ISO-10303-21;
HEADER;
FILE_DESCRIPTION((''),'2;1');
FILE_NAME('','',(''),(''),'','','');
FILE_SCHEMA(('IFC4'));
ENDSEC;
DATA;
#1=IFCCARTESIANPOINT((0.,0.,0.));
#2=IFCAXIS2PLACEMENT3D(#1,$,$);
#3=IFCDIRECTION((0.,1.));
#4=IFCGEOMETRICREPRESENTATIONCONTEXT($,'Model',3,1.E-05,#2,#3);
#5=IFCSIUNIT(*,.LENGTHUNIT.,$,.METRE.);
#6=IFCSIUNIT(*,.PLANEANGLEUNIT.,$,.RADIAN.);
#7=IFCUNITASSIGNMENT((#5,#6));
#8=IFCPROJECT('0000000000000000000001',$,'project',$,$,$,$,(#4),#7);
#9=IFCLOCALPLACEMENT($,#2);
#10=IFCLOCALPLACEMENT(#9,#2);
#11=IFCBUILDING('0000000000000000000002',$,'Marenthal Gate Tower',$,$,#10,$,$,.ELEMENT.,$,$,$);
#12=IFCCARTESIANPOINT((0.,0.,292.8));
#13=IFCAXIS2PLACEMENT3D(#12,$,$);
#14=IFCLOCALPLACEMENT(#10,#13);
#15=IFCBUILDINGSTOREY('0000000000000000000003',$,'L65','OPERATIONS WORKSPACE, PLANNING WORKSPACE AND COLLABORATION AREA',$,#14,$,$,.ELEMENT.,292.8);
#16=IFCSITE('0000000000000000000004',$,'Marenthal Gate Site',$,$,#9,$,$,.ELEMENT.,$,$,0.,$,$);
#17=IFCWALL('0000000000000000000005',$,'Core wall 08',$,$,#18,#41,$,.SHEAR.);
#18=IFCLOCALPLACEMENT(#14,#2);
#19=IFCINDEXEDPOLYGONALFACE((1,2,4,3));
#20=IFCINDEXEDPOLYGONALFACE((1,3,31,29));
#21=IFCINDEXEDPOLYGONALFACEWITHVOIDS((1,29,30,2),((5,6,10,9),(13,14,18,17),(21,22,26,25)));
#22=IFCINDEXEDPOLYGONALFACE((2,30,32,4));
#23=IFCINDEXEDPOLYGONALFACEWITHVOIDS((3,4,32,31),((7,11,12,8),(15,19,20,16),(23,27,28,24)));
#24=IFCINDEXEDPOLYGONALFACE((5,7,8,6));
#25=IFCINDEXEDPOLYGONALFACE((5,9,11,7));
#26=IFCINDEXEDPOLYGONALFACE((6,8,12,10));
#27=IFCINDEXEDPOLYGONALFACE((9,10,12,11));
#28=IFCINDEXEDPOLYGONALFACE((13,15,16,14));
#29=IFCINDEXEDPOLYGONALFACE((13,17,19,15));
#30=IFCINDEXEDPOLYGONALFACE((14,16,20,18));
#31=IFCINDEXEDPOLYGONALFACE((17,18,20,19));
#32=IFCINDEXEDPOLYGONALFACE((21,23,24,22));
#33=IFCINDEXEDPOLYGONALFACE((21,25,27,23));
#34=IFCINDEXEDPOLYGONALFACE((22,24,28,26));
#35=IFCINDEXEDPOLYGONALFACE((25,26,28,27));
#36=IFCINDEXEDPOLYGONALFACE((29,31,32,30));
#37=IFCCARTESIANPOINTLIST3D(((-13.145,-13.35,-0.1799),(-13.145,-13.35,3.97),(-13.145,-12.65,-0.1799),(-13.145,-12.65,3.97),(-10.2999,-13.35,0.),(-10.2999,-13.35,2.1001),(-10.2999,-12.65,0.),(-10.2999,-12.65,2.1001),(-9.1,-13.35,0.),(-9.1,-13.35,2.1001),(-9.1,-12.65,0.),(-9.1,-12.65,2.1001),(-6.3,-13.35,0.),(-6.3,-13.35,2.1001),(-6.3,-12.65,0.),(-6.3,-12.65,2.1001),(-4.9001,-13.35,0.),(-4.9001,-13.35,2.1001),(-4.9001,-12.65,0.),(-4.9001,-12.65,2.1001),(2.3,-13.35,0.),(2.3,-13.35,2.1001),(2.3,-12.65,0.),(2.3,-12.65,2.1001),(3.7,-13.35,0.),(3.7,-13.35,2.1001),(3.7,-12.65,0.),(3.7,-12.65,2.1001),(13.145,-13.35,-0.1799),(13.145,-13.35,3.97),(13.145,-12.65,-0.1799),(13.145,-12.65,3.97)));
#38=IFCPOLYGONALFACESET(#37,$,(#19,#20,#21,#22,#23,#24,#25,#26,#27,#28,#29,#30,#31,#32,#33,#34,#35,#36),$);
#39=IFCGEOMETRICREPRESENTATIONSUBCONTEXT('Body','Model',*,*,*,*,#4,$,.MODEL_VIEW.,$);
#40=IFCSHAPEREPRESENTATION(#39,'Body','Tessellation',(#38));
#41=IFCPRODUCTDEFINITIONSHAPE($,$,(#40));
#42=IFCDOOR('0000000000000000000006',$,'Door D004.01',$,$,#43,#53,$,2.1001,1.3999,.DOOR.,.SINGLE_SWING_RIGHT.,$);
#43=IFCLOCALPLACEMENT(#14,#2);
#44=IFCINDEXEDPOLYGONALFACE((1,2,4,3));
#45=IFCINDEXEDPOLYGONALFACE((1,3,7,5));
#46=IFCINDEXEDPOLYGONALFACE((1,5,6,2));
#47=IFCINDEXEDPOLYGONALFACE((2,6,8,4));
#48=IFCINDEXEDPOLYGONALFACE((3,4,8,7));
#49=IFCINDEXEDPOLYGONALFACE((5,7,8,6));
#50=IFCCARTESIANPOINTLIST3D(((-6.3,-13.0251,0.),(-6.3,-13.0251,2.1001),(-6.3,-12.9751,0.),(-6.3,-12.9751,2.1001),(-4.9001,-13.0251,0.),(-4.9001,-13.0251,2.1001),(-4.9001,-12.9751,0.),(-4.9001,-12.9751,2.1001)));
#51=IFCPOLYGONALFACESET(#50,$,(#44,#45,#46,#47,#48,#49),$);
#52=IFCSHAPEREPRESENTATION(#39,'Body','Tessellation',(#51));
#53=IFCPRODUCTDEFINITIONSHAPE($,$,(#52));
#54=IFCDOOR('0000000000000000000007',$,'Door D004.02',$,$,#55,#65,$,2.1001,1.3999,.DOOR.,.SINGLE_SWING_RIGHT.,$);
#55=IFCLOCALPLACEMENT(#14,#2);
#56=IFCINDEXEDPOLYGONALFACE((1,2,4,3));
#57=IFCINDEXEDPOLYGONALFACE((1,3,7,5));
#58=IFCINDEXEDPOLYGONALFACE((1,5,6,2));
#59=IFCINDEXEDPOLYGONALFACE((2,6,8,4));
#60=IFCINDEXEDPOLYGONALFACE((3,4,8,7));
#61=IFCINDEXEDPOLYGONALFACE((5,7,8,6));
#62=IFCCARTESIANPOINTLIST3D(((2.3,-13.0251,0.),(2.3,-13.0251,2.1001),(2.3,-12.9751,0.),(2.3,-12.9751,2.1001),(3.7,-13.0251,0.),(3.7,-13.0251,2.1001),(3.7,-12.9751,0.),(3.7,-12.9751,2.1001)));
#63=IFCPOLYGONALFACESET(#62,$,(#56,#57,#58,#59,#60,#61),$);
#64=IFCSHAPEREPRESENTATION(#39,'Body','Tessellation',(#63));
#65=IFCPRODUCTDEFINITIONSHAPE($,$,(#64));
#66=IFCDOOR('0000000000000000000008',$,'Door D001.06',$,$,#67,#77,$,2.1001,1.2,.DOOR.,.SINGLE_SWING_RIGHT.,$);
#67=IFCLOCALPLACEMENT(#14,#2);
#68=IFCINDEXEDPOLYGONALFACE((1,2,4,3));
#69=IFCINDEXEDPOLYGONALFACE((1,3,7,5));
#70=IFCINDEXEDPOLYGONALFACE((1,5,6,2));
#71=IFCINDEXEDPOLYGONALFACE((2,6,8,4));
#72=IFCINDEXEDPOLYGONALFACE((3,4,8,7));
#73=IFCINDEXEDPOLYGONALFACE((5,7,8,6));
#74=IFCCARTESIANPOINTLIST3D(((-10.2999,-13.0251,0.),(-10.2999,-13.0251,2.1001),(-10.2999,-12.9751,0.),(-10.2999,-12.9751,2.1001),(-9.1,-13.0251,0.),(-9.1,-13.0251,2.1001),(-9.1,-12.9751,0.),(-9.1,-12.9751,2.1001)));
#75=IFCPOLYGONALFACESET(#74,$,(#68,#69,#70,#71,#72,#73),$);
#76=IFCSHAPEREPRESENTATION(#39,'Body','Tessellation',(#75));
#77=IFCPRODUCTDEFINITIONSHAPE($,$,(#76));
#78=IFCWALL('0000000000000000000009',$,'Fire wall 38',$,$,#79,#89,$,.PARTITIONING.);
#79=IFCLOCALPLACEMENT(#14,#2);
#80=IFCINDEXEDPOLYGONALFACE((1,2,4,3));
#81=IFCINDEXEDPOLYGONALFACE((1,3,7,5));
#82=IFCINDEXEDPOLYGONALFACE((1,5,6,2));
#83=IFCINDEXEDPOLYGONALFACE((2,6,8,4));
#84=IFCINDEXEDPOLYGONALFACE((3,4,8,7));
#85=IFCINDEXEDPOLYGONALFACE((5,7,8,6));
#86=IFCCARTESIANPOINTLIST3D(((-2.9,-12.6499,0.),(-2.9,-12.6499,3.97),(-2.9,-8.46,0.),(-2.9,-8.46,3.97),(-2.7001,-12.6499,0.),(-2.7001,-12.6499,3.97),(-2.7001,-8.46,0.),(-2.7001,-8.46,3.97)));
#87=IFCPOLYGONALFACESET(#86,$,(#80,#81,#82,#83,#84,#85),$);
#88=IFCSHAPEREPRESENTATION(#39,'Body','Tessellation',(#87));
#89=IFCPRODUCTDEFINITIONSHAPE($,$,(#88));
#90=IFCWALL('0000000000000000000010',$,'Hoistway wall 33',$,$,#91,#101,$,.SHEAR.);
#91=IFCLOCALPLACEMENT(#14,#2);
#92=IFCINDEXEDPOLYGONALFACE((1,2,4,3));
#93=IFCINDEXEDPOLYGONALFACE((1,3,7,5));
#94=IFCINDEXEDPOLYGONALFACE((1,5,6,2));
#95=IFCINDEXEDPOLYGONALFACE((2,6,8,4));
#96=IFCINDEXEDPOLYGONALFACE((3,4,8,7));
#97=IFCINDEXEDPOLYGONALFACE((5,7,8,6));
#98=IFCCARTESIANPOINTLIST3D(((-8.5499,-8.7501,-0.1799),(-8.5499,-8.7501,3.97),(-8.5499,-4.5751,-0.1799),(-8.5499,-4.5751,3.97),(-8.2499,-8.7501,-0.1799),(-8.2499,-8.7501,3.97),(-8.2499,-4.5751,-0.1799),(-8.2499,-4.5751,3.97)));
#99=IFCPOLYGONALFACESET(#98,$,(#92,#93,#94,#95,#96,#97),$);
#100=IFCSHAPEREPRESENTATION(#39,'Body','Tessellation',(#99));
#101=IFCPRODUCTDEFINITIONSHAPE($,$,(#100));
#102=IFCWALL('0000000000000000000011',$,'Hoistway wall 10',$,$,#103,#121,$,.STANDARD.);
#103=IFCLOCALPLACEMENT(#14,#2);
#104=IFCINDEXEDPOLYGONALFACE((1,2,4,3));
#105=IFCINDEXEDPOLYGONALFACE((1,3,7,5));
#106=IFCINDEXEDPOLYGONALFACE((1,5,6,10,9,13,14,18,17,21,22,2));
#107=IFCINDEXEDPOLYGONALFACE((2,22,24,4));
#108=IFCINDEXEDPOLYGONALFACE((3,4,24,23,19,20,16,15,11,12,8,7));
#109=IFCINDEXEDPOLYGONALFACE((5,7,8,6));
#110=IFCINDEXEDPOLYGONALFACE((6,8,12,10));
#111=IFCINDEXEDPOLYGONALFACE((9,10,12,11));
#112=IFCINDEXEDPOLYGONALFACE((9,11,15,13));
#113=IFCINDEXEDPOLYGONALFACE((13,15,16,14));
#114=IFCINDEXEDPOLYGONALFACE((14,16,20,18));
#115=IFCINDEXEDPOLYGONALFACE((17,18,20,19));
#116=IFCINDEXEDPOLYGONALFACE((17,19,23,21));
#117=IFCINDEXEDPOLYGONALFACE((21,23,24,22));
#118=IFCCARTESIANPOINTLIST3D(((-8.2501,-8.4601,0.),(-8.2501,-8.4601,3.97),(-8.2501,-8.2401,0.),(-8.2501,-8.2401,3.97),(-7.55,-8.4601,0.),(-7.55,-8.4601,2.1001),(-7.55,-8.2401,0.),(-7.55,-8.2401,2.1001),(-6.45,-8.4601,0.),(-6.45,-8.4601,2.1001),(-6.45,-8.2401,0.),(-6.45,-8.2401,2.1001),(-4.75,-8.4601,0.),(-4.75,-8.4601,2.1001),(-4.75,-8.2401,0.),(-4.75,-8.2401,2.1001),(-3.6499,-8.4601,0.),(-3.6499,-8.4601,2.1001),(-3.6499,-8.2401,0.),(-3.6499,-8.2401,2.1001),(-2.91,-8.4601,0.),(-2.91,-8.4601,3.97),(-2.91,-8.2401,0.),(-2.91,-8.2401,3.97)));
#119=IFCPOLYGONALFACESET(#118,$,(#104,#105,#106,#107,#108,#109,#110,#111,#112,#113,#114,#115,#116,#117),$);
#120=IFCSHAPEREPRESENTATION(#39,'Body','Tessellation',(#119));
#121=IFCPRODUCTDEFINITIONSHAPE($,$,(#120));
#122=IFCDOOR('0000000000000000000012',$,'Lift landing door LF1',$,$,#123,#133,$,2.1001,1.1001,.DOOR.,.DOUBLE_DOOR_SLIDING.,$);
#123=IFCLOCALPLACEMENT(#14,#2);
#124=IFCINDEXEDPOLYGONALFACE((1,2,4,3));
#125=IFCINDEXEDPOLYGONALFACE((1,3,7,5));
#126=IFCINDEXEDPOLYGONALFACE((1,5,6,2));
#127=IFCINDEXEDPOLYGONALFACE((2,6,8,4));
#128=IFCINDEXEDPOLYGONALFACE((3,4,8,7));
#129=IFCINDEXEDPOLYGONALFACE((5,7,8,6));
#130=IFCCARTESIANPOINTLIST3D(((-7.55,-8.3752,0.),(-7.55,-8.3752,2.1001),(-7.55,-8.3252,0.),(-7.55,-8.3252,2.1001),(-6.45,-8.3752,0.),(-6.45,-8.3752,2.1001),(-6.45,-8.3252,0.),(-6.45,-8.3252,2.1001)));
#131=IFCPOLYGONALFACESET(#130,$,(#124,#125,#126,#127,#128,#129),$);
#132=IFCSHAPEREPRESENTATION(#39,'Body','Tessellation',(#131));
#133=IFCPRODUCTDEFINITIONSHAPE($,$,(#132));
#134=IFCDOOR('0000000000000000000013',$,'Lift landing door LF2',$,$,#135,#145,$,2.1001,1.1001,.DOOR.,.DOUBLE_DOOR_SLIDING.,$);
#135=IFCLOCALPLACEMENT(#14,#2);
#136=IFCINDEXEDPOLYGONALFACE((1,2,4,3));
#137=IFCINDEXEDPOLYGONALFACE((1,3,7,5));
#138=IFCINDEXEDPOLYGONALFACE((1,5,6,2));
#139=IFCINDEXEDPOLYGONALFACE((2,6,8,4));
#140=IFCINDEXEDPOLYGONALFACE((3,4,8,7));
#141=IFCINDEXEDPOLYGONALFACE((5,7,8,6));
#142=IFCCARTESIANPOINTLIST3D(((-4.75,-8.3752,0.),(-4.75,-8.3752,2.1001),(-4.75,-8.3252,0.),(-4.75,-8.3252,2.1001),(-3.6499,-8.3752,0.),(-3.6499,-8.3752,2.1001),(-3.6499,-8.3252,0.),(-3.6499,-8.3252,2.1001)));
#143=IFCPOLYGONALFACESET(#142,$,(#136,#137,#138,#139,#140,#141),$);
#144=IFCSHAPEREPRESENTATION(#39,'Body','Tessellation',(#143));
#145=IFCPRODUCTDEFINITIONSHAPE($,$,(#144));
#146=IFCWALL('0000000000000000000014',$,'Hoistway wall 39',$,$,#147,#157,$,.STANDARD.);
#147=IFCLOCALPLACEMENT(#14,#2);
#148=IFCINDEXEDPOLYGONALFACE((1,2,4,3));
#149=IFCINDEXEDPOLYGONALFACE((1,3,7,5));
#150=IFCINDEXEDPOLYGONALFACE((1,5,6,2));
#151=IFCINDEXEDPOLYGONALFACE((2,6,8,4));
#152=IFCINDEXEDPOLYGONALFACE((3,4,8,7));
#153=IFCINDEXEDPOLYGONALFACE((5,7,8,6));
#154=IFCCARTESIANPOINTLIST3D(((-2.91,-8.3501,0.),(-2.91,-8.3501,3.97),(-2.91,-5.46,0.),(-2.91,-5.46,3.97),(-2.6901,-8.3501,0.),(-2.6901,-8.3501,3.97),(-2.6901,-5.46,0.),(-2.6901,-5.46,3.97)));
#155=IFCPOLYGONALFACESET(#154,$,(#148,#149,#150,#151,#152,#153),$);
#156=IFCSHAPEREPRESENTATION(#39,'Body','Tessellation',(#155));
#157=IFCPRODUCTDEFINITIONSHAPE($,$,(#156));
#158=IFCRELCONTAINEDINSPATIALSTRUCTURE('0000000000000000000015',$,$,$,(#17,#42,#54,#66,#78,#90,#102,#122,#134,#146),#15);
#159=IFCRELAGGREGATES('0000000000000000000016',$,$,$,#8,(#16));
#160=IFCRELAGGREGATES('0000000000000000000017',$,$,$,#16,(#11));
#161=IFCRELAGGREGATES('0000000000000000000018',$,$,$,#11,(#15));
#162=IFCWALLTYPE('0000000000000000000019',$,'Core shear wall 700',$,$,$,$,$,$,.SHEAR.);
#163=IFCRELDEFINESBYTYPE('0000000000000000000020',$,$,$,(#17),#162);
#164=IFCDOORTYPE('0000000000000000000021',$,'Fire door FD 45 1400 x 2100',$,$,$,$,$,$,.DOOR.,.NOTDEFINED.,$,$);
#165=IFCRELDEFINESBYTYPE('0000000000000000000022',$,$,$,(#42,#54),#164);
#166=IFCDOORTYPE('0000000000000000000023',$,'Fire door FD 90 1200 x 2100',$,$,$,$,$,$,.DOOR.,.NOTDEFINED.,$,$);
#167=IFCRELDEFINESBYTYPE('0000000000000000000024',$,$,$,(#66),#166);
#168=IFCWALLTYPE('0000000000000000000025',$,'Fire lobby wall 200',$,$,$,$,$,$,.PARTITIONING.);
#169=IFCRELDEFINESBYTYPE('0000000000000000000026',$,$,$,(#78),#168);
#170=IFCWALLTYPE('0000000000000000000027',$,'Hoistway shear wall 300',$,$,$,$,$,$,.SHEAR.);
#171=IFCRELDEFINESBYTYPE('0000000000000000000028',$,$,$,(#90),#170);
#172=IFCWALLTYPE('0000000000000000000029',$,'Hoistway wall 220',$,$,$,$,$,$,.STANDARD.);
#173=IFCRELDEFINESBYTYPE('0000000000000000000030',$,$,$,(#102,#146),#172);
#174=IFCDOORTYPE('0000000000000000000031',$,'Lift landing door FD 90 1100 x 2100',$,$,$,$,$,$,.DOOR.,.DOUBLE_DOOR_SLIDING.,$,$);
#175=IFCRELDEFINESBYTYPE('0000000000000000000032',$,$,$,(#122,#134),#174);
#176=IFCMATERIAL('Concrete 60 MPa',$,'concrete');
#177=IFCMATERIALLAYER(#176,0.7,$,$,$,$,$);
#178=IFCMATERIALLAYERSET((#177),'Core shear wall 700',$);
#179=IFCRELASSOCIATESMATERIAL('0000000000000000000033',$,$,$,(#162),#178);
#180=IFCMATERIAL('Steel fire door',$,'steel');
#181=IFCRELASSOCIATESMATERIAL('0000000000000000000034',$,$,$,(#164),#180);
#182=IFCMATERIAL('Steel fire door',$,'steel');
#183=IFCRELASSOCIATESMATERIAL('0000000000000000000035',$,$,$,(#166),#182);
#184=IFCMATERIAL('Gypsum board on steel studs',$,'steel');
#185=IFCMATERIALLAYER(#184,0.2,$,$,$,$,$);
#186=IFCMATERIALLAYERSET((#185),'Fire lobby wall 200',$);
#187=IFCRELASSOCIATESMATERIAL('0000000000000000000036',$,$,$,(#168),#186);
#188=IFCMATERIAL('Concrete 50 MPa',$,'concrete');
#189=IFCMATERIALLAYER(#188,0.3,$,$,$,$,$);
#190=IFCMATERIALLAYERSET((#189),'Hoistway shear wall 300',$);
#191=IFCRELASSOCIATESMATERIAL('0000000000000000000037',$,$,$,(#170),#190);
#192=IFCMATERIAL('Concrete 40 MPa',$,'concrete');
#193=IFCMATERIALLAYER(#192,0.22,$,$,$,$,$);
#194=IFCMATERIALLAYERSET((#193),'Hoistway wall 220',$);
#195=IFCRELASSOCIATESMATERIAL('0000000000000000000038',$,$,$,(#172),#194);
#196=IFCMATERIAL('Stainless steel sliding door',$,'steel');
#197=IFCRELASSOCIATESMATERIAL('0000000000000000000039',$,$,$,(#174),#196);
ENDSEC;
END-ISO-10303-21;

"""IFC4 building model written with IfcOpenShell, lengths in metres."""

from ifc_helpers import new_model, si_unit, direction, frame, frame_2d, origin, place, context, subcontext, project, spatial, rectangle, extrude, material, layer, layer_set, type_object, element, fill, save


model = new_model("IFC4")

# Units and contexts
model_context = context("Model", 3, precision=1e-05, world=origin(), true_north=direction((0.0, 1.0)))
body_context = subcontext(model_context, "Body", "Model", "MODEL_VIEW")
ifc_project = project(units=[si_unit("LENGTHUNIT", "METRE"), si_unit("PLANEANGLEUNIT", "RADIAN")], contexts=[model_context])

# Site, building, storey
site_placement = place(None, origin())
site = spatial("IfcSite", under=ifc_project, at=site_placement, Name="Marenthal Gate Site", CompositionType="ELEMENT", RefElevation=0.0)
building_placement = place(site_placement, origin())
building = spatial("IfcBuilding", under=site, at=building_placement, Name="Marenthal Gate Tower", CompositionType="ELEMENT")
storey_placement = place(building_placement, frame((0.0, 0.0, 292.8)))
storey = spatial("IfcBuildingStorey", under=building, at=storey_placement, Name="L65", Description="OPERATIONS WORKSPACE, PLANNING WORKSPACE AND COLLABORATION AREA", CompositionType="ELEMENT", Elevation=292.8)

# Wall, openings, doors
ifc_material_1 = material(Name="Concrete 60 MPa", Category="concrete")
ifc_layer_1 = layer(ifc_material_1, 0.7)
ifc_layer_set_1 = layer_set([ifc_layer_1], Name="Core shear wall 700")
wall_type_1 = type_object("IfcWallType", Name="Core shear wall 700", PredefinedType="SHEAR", material=ifc_layer_set_1)
wall_1_placement = place(storey_placement, frame((-13.145, -13.0, -0.1799), z_axis=(0.0, 0.0, 1.0), x_axis=(1.0, 0.0, 0.0)))
wall_1 = element("IfcWall", 1, at=wall_1_placement, inside=storey, type_object=wall_type_1, Name="Core wall 08", PredefinedType="SHEAR", context=body_context, shape_type="SweptSolid", body=[
    extrude(rectangle(XDim=26.29, YDim=0.7, at=frame_2d((13.145, 0.0))), origin(), (0.0, 0.0, 1.0), 4.1499),
])
opening_1_placement = place(wall_1_placement, frame((2.845, 0.0, 0.1799)))
opening_1 = element("IfcOpeningElement", 2, at=opening_1_placement, cuts=wall_1, PredefinedType="OPENING", context=body_context, shape_type="SweptSolid", body=[
    extrude(rectangle(XDim=1.2, YDim=2.1001, at=frame_2d((0.6001, 1.05))), frame((0.0, 0.3599, 0.0), z_axis=(0.0, -1.0, 0.0), x_axis=(1.0, 0.0, 0.0)), (0.0, 0.0, 1.0), 0.72),
])
opening_2_placement = place(wall_1_placement, frame((6.845, 0.0, 0.1799)))
opening_2 = element("IfcOpeningElement", 3, at=opening_2_placement, cuts=wall_1, PredefinedType="OPENING", context=body_context, shape_type="SweptSolid", body=[
    extrude(rectangle(XDim=1.3999, YDim=2.1001, at=frame_2d((0.7, 1.05))), frame((0.0, 0.3599, 0.0), z_axis=(0.0, -1.0, 0.0), x_axis=(1.0, 0.0, 0.0)), (0.0, 0.0, 1.0), 0.72),
])
opening_3_placement = place(wall_1_placement, frame((15.4451, 0.0, 0.1799)))
opening_3 = element("IfcOpeningElement", 4, at=opening_3_placement, cuts=wall_1, PredefinedType="OPENING", context=body_context, shape_type="SweptSolid", body=[
    extrude(rectangle(XDim=1.3999, YDim=2.1001, at=frame_2d((0.7, 1.05))), frame((0.0, 0.3599, 0.0), z_axis=(0.0, -1.0, 0.0), x_axis=(1.0, 0.0, 0.0)), (0.0, 0.0, 1.0), 0.72),
])
ifc_material_2 = material(Name="Steel fire door", Category="steel")
door_type_1 = type_object("IfcDoorType", Name="Fire door FD 45 1400 x 2100", OperationType="NOTDEFINED", PredefinedType="DOOR", material=ifc_material_2)
door_1_placement = place(opening_2_placement, origin())
door_1 = element("IfcDoor", 5, at=door_1_placement, inside=storey, type_object=door_type_1, Name="Door D004.01", OperationType="SINGLE_SWING_RIGHT", OverallHeight=2.1001, OverallWidth=1.3999, PredefinedType="DOOR", context=body_context, shape_type="SweptSolid", body=[
    extrude(rectangle(XDim=1.3999, YDim=2.1001, at=frame_2d((0.7, 1.05))), frame((0.0, 0.0249, 0.0), z_axis=(0.0, -1.0, 0.0), x_axis=(1.0, 0.0, 0.0)), (0.0, 0.0, 1.0), 0.05),
])
fill(opening_2, door_1)
door_2_placement = place(opening_3_placement, origin())
door_2 = element("IfcDoor", 6, at=door_2_placement, inside=storey, type_object=door_type_1, Name="Door D004.02", OperationType="SINGLE_SWING_RIGHT", OverallHeight=2.1001, OverallWidth=1.3999, PredefinedType="DOOR", context=body_context, shape_type="SweptSolid", body=[
    extrude(rectangle(XDim=1.3999, YDim=2.1001, at=frame_2d((0.7, 1.05))), frame((0.0, 0.0249, 0.0), z_axis=(0.0, -1.0, 0.0), x_axis=(1.0, 0.0, 0.0)), (0.0, 0.0, 1.0), 0.05),
])
fill(opening_3, door_2)
ifc_material_3 = material(Name="Steel fire door", Category="steel")
door_type_2 = type_object("IfcDoorType", Name="Fire door FD 90 1200 x 2100", OperationType="NOTDEFINED", PredefinedType="DOOR", material=ifc_material_3)
door_3_placement = place(opening_1_placement, origin())
door_3 = element("IfcDoor", 7, at=door_3_placement, inside=storey, type_object=door_type_2, Name="Door D001.06", OperationType="SINGLE_SWING_RIGHT", OverallHeight=2.1001, OverallWidth=1.2, PredefinedType="DOOR", context=body_context, shape_type="SweptSolid", body=[
    extrude(rectangle(XDim=1.2, YDim=2.1001, at=frame_2d((0.6001, 1.05))), frame((0.0, 0.0249, 0.0), z_axis=(0.0, -1.0, 0.0), x_axis=(1.0, 0.0, 0.0)), (0.0, 0.0, 1.0), 0.05),
])
fill(opening_1, door_3)

# Walls
ifc_material_4 = material(Name="Gypsum board on steel studs", Category="steel")
ifc_layer_2 = layer(ifc_material_4, 0.2)
ifc_layer_set_2 = layer_set([ifc_layer_2], Name="Fire lobby wall 200")
wall_type_2 = type_object("IfcWallType", Name="Fire lobby wall 200", PredefinedType="PARTITIONING", material=ifc_layer_set_2)
wall_2_placement = place(storey_placement, frame((-2.8, -12.6499, 0.0), z_axis=(0.0, 0.0, 1.0), x_axis=(0.0, 1.0, 0.0)))
element("IfcWall", 8, at=wall_2_placement, inside=storey, type_object=wall_type_2, Name="Fire wall 38", PredefinedType="PARTITIONING", context=body_context, shape_type="SweptSolid", body=[
    extrude(rectangle(XDim=4.1899, YDim=0.2, at=frame_2d((2.095, 0.0))), origin(), (0.0, 0.0, 1.0), 3.97),
])
ifc_material_5 = material(Name="Concrete 50 MPa", Category="concrete")
ifc_layer_3 = layer(ifc_material_5, 0.3)
ifc_layer_set_3 = layer_set([ifc_layer_3], Name="Hoistway shear wall 300")
wall_type_3 = type_object("IfcWallType", Name="Hoistway shear wall 300", PredefinedType="SHEAR", material=ifc_layer_set_3)
wall_3_placement = place(storey_placement, frame((-8.3999, -8.75, -0.1799), z_axis=(0.0, 0.0, 1.0), x_axis=(0.0, 1.0, 0.0)))
element("IfcWall", 9, at=wall_3_placement, inside=storey, type_object=wall_type_3, Name="Hoistway wall 33", PredefinedType="SHEAR", context=body_context, shape_type="SweptSolid", body=[
    extrude(rectangle(XDim=4.175, YDim=0.3, at=frame_2d((2.0874, 0.0))), origin(), (0.0, 0.0, 1.0), 4.1499),
])

# Wall, openings, doors
ifc_material_6 = material(Name="Concrete 40 MPa", Category="concrete")
ifc_layer_4 = layer(ifc_material_6, 0.22)
ifc_layer_set_4 = layer_set([ifc_layer_4], Name="Hoistway wall 220")
wall_type_4 = type_object("IfcWallType", Name="Hoistway wall 220", PredefinedType="STANDARD", material=ifc_layer_set_4)
wall_4_placement = place(storey_placement, frame((-8.25, -8.3501, 0.0), z_axis=(0.0, 0.0, 1.0), x_axis=(1.0, 0.0, 0.0)))
wall_4 = element("IfcWall", 10, at=wall_4_placement, inside=storey, type_object=wall_type_4, Name="Hoistway wall 10", PredefinedType="STANDARD", context=body_context, shape_type="SweptSolid", body=[
    extrude(rectangle(XDim=5.3401, YDim=0.22, at=frame_2d((2.6699, 0.0))), origin(), (0.0, 0.0, 1.0), 3.97),
])
opening_4_placement = place(wall_4_placement, frame((0.7, 0.0, 0.0)))
opening_4 = element("IfcOpeningElement", 11, at=opening_4_placement, cuts=wall_4, PredefinedType="OPENING", context=body_context, shape_type="SweptSolid", body=[
    extrude(rectangle(XDim=1.1001, YDim=2.1001, at=frame_2d((0.55, 1.05))), frame((0.0, 0.1201, 0.0), z_axis=(0.0, -1.0, 0.0), x_axis=(1.0, 0.0, 0.0)), (0.0, 0.0, 1.0), 0.24),
])
opening_5_placement = place(wall_4_placement, frame((3.5, 0.0, 0.0)))
opening_5 = element("IfcOpeningElement", 12, at=opening_5_placement, cuts=wall_4, PredefinedType="OPENING", context=body_context, shape_type="SweptSolid", body=[
    extrude(rectangle(XDim=1.1001, YDim=2.1001, at=frame_2d((0.55, 1.05))), frame((0.0, 0.1201, 0.0), z_axis=(0.0, -1.0, 0.0), x_axis=(1.0, 0.0, 0.0)), (0.0, 0.0, 1.0), 0.24),
])
ifc_material_7 = material(Name="Stainless steel sliding door", Category="steel")
door_type_3 = type_object("IfcDoorType", Name="Lift landing door FD 90 1100 x 2100", OperationType="DOUBLE_DOOR_SLIDING", PredefinedType="DOOR", material=ifc_material_7)
door_4_placement = place(opening_4_placement, origin())
door_4 = element("IfcDoor", 13, at=door_4_placement, inside=storey, type_object=door_type_3, Name="Lift landing door LF1", OperationType="DOUBLE_DOOR_SLIDING", OverallHeight=2.1001, OverallWidth=1.1001, PredefinedType="DOOR", context=body_context, shape_type="SweptSolid", body=[
    extrude(rectangle(XDim=1.1001, YDim=2.1001, at=frame_2d((0.55, 1.05))), frame((0.0, 0.0249, 0.0), z_axis=(0.0, -1.0, 0.0), x_axis=(1.0, 0.0, 0.0)), (0.0, 0.0, 1.0), 0.05),
])
fill(opening_4, door_4)
door_5_placement = place(opening_5_placement, origin())
door_5 = element("IfcDoor", 14, at=door_5_placement, inside=storey, type_object=door_type_3, Name="Lift landing door LF2", OperationType="DOUBLE_DOOR_SLIDING", OverallHeight=2.1001, OverallWidth=1.1001, PredefinedType="DOOR", context=body_context, shape_type="SweptSolid", body=[
    extrude(rectangle(XDim=1.1001, YDim=2.1001, at=frame_2d((0.55, 1.05))), frame((0.0, 0.0249, 0.0), z_axis=(0.0, -1.0, 0.0), x_axis=(1.0, 0.0, 0.0)), (0.0, 0.0, 1.0), 0.05),
])
fill(opening_5, door_5)

# Wall
wall_5_placement = place(storey_placement, frame((-2.8, -8.3501, 0.0), z_axis=(0.0, 0.0, 1.0), x_axis=(0.0, 1.0, 0.0)))
element("IfcWall", 15, at=wall_5_placement, inside=storey, type_object=wall_type_4, Name="Hoistway wall 39", PredefinedType="STANDARD", context=body_context, shape_type="SweptSolid", body=[
    extrude(rectangle(XDim=2.8901, YDim=0.22, at=frame_2d((1.4451, 0.0))), origin(), (0.0, 0.0, 1.0), 3.97),
])

save(model, "model.ifc")
